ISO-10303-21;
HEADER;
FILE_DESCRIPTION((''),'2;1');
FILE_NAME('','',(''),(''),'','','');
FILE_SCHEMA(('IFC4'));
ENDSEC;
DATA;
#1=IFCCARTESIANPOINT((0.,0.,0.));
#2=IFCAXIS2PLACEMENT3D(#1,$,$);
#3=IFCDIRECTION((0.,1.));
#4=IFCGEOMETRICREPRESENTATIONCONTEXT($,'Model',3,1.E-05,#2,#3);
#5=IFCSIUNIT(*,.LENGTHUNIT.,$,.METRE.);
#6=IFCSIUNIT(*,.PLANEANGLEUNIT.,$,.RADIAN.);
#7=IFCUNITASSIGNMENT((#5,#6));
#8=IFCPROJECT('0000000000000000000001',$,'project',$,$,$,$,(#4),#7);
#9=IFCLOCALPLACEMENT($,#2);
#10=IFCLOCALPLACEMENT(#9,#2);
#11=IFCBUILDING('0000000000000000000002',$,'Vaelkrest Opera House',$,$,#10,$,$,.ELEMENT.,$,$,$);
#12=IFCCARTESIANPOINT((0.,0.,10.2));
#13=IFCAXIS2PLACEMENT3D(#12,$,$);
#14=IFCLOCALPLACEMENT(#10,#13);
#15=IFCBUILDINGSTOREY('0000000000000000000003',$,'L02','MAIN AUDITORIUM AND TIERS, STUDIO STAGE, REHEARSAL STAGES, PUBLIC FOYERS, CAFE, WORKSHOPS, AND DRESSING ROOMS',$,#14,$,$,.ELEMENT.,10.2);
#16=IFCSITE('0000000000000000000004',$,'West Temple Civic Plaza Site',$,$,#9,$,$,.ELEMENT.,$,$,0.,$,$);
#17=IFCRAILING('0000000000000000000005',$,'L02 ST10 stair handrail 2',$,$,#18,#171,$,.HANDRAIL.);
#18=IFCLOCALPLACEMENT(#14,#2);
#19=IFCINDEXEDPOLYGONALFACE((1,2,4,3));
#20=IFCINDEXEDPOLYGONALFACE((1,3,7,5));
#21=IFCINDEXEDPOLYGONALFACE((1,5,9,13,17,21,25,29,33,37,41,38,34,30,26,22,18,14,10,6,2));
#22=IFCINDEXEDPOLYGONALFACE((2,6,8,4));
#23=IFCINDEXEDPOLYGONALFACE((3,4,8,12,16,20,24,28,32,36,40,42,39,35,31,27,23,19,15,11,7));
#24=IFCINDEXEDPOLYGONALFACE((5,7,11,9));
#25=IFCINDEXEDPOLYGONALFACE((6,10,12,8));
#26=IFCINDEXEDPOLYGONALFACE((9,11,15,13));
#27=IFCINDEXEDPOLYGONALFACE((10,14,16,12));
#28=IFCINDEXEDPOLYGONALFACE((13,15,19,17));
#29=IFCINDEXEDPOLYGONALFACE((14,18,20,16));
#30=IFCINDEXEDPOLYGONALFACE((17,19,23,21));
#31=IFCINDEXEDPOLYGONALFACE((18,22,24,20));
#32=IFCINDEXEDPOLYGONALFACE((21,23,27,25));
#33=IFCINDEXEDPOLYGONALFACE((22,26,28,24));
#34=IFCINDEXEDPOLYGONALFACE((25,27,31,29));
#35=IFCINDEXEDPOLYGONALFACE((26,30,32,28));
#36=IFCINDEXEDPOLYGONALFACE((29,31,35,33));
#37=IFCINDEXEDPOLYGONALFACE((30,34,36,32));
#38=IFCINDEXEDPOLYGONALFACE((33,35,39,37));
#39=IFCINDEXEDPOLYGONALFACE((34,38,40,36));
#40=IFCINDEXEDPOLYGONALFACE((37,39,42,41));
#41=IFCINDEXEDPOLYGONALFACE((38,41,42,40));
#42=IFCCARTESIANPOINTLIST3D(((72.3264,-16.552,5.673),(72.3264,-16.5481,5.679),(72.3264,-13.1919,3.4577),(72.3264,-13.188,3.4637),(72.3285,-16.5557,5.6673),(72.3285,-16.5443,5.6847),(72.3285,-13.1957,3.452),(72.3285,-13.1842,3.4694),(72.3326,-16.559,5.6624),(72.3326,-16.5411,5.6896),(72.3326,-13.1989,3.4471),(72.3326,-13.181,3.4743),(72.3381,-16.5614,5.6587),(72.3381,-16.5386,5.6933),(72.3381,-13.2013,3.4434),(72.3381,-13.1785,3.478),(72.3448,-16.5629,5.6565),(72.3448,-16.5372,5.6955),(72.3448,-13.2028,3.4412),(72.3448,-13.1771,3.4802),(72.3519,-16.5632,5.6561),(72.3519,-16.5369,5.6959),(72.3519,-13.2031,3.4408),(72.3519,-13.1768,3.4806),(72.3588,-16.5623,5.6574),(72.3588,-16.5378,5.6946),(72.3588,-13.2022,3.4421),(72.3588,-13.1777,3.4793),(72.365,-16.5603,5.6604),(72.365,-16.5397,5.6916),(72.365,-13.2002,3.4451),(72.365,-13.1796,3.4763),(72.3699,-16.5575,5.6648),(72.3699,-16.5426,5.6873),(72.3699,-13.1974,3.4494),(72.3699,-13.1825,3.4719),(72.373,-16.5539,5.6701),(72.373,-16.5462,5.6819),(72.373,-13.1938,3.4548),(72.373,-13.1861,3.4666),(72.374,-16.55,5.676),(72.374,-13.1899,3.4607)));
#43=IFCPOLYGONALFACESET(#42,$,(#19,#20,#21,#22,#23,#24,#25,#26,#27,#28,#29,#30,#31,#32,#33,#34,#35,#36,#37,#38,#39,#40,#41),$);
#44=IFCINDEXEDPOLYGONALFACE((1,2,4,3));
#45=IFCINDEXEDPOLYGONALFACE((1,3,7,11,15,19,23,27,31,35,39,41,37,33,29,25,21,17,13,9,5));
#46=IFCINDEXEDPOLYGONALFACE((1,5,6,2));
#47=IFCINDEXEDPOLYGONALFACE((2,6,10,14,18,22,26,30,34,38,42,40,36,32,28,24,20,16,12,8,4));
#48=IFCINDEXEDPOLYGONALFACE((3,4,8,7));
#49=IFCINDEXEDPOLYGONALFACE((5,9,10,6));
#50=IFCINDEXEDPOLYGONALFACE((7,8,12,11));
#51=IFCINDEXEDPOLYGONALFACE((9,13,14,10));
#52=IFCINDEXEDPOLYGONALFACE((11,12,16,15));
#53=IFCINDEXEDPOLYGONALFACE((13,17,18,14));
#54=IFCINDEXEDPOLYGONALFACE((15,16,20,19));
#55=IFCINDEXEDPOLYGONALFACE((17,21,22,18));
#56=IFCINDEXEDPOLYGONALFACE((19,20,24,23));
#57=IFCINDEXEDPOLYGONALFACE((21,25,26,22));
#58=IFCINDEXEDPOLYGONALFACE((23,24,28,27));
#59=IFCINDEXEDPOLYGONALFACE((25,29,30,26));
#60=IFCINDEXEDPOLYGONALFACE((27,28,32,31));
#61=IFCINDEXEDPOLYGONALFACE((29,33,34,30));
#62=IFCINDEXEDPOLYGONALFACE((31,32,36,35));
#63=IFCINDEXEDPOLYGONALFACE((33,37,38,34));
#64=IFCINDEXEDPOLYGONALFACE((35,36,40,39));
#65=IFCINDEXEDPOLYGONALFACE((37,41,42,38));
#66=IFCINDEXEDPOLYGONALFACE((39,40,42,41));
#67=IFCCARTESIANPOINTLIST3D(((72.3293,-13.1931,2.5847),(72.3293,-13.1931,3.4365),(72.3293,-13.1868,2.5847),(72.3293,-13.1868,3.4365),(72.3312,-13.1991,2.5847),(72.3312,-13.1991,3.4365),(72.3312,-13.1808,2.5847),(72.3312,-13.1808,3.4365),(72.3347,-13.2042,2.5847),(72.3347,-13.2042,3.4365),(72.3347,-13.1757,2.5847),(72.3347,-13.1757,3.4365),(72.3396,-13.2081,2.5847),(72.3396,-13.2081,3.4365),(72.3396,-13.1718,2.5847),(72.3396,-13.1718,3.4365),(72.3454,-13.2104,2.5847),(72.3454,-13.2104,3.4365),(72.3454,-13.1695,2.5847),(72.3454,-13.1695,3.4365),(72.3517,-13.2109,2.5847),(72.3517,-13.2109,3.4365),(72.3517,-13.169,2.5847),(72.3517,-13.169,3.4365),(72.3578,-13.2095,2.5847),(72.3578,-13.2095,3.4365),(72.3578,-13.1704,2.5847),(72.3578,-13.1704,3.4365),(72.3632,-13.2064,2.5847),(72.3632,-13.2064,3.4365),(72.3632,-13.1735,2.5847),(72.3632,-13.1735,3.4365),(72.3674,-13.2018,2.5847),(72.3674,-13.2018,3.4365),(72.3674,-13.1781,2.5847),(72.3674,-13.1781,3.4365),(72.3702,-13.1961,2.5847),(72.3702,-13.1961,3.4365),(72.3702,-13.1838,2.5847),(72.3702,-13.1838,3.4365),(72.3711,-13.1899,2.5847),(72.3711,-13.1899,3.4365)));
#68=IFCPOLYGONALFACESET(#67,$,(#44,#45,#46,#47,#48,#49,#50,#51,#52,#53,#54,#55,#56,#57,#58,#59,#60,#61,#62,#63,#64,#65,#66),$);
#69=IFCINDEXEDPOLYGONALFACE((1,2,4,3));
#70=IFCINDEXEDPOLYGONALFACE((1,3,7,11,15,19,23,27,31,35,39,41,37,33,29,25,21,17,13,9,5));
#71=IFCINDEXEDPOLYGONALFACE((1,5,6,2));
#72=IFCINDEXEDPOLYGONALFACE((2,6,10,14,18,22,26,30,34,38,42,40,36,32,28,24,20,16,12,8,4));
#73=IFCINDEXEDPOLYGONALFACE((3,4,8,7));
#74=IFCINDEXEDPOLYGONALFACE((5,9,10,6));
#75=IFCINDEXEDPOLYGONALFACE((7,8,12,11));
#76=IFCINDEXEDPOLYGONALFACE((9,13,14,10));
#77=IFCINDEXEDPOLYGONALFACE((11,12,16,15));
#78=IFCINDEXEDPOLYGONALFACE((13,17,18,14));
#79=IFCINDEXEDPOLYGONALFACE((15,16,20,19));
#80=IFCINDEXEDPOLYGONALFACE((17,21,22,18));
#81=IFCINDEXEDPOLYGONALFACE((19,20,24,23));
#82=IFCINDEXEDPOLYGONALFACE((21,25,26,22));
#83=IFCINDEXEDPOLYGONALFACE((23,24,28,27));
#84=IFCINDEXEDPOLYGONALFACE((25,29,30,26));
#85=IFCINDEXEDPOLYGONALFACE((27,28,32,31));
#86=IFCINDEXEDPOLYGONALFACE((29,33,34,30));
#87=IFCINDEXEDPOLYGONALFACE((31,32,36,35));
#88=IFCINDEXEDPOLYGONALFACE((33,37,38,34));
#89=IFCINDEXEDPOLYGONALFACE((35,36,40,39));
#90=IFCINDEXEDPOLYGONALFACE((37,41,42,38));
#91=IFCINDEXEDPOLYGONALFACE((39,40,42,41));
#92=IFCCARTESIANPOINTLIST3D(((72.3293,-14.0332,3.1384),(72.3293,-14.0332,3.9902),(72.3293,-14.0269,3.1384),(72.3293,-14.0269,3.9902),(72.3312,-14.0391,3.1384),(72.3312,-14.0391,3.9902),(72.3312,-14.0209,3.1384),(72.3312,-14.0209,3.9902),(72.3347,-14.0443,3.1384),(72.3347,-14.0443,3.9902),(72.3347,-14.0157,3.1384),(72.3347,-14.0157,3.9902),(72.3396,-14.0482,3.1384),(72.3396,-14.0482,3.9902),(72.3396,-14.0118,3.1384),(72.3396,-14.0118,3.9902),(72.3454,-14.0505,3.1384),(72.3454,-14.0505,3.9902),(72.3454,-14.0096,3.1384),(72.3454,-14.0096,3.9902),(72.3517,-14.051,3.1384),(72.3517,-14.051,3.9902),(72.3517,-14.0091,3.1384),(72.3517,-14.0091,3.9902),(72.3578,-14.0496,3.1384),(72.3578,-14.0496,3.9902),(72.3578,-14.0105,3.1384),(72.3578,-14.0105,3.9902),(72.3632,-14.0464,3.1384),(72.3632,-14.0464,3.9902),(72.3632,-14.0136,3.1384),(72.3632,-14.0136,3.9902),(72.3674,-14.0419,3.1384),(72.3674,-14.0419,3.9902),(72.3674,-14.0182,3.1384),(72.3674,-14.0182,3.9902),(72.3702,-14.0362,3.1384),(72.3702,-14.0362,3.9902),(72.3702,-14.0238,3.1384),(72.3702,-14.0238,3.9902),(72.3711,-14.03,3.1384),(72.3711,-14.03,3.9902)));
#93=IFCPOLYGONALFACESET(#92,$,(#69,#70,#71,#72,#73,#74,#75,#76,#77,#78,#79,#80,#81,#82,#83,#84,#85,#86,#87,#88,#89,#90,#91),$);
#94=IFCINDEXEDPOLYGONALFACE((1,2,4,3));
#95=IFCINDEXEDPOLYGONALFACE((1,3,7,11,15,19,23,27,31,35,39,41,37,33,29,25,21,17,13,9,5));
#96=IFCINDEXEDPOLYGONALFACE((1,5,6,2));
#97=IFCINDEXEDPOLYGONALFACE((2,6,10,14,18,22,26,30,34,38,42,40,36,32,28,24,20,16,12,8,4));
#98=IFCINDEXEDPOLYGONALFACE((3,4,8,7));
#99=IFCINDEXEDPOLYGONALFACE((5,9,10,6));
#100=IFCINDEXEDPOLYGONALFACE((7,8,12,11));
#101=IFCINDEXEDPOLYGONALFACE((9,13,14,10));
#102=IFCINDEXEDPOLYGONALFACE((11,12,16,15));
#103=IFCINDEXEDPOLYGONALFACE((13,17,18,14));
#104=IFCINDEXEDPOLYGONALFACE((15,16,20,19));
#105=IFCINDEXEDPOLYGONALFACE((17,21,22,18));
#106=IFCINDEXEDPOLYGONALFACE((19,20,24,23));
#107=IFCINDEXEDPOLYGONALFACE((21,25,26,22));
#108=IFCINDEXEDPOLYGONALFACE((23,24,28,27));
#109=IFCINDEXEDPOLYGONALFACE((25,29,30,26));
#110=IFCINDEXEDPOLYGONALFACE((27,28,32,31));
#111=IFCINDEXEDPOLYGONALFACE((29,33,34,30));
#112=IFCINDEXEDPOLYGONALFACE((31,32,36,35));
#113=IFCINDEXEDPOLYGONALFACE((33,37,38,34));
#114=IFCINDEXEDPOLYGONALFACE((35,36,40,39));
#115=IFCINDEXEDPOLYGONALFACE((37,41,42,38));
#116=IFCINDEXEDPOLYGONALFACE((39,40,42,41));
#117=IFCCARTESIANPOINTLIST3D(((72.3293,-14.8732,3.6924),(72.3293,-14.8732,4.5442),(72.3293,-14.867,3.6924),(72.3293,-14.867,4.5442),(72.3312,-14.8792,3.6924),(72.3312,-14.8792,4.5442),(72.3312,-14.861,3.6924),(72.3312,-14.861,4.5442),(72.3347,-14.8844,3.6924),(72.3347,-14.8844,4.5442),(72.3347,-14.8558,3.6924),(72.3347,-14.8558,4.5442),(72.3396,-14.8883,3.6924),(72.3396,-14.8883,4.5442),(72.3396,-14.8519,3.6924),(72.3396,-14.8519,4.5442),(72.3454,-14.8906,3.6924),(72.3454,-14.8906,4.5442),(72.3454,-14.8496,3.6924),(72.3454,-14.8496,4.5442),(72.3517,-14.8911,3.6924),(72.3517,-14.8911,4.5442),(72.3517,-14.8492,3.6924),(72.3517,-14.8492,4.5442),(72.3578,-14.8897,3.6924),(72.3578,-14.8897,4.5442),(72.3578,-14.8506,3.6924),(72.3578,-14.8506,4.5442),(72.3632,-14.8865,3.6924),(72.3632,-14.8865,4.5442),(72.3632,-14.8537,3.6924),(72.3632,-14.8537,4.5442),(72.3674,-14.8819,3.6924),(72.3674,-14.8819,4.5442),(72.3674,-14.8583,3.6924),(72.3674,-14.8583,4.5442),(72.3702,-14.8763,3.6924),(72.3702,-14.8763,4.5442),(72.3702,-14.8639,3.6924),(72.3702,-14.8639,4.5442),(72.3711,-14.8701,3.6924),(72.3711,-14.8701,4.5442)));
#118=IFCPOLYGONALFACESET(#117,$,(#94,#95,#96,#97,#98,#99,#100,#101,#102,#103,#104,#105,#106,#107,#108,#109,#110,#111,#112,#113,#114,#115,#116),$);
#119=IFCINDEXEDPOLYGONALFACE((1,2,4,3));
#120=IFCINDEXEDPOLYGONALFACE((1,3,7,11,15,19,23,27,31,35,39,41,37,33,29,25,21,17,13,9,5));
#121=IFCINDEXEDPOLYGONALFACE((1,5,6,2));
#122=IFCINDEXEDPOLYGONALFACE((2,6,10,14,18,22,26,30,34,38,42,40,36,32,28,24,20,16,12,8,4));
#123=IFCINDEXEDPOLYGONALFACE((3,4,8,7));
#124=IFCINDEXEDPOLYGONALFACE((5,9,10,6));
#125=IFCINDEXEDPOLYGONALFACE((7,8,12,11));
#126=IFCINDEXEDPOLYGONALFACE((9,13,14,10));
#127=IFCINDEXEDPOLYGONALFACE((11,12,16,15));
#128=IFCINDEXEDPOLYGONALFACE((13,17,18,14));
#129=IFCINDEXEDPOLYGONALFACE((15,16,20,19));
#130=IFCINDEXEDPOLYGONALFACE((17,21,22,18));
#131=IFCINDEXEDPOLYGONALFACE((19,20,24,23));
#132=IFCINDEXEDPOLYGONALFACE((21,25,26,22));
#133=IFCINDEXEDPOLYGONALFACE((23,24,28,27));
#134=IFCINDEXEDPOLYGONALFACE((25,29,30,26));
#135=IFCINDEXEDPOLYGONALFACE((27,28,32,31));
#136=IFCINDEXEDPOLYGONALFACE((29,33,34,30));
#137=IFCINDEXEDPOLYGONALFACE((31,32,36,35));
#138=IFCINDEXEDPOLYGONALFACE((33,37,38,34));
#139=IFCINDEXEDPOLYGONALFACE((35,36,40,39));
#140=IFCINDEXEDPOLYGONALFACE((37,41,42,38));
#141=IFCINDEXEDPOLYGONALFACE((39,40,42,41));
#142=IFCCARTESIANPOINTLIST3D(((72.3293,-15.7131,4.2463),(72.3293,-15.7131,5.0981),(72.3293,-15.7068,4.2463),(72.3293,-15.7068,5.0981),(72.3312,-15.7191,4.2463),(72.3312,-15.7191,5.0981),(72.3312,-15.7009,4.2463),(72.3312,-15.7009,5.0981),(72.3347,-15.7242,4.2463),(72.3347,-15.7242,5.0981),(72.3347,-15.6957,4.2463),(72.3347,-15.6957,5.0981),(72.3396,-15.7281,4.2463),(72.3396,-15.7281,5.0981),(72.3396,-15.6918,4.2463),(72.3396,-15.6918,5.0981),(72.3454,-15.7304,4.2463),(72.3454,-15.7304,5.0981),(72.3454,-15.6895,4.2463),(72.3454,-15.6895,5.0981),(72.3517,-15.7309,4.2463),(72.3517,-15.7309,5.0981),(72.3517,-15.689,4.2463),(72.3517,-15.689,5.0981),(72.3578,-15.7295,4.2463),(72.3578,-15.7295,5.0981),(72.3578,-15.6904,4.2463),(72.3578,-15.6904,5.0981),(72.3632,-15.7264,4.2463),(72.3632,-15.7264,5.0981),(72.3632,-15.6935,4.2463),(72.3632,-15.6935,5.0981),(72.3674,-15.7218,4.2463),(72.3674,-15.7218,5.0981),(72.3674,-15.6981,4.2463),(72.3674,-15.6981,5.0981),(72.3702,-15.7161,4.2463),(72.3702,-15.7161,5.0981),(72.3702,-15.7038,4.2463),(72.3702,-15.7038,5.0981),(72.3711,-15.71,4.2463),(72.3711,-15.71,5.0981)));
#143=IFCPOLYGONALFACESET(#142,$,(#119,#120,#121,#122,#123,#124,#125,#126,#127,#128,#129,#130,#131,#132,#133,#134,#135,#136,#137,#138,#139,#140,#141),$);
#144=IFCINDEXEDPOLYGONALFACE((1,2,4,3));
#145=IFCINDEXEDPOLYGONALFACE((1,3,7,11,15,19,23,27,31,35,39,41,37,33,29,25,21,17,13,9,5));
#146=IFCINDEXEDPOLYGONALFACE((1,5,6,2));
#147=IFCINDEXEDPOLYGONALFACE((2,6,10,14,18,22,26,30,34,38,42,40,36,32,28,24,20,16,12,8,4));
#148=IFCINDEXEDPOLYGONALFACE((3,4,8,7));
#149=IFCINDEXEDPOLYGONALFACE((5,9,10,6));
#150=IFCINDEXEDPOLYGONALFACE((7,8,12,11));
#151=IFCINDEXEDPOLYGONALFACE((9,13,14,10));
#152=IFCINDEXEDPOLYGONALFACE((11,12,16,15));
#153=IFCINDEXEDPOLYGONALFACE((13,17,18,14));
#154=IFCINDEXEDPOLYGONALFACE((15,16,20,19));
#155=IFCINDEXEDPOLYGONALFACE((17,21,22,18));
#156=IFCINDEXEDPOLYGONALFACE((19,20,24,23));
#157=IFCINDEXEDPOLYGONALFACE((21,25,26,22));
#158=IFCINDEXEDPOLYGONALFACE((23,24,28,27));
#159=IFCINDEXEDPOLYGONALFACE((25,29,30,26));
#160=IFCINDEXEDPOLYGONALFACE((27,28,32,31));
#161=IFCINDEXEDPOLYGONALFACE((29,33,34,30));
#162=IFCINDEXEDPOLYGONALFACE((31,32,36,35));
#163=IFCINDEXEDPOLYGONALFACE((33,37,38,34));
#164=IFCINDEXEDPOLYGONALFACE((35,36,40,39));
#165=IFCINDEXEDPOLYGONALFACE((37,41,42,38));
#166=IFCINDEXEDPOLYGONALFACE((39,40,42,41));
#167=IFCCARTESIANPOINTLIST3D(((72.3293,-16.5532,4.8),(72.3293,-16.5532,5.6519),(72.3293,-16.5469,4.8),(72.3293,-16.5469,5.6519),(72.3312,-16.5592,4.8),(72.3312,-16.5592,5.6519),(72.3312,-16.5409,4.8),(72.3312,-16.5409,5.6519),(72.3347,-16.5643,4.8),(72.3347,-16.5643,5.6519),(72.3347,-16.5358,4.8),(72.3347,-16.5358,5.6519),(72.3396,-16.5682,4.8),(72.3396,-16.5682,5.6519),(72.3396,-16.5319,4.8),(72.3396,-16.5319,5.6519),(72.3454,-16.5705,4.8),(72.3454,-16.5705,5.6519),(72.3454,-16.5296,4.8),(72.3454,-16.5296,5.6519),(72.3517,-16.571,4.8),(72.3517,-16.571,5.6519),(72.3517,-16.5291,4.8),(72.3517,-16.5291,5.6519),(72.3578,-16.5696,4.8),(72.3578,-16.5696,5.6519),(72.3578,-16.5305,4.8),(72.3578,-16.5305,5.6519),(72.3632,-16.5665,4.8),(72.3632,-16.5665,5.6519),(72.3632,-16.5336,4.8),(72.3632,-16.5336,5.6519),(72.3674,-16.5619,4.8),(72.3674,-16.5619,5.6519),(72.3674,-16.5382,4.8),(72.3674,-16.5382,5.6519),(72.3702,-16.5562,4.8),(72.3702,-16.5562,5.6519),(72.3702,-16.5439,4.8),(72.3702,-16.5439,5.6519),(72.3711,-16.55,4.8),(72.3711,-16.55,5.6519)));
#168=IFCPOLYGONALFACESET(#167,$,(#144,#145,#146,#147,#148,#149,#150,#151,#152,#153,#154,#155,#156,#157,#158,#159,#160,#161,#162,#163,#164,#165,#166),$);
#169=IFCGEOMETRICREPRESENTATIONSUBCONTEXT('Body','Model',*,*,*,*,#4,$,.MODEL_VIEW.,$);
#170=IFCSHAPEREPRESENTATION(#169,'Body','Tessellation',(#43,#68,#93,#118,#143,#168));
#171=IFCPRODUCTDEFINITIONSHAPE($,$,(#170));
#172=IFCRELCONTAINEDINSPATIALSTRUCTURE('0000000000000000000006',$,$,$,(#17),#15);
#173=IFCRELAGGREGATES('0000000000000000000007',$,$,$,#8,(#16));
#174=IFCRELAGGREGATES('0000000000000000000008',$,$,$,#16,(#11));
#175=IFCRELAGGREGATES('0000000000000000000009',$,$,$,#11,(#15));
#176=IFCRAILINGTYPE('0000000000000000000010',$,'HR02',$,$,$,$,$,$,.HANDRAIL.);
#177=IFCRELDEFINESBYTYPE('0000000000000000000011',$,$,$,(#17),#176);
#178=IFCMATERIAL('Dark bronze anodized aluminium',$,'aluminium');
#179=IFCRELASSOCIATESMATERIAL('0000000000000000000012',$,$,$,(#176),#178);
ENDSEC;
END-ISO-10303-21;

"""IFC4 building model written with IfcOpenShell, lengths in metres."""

from ifc_helpers import new_model, si_unit, direction, frame, origin, origin_2d, place, context, subcontext, project, spatial, circle, extrude, material, type_object, element, save


model = new_model("IFC4")

# Units and contexts
model_context = context("Model", 3, precision=1e-05, world=origin(), true_north=direction((0.0, 1.0)))
body_context = subcontext(model_context, "Body", "Model", "MODEL_VIEW")
ifc_project = project(units=[si_unit("LENGTHUNIT", "METRE"), si_unit("PLANEANGLEUNIT", "RADIAN")], contexts=[model_context])

# Site, building, storey
site_placement = place(None, origin())
site = spatial("IfcSite", under=ifc_project, at=site_placement, Name="West Temple Civic Plaza Site", CompositionType="ELEMENT", RefElevation=0.0)
building_placement = place(site_placement, origin())
building = spatial("IfcBuilding", under=site, at=building_placement, Name="Vaelkrest Opera House", CompositionType="ELEMENT")
storey_placement = place(building_placement, frame((0.0, 0.0, 10.2)))
storey = spatial("IfcBuildingStorey", under=building, at=storey_placement, Name="L02", Description="MAIN AUDITORIUM AND TIERS, STUDIO STAGE, REHEARSAL STAGES, PUBLIC FOYERS, CAFE, WORKSHOPS, AND DRESSING ROOMS", CompositionType="ELEMENT", Elevation=10.2)

# Railing
ifc_material_1 = material(Name="Dark bronze anodized aluminium", Category="aluminium")
railing_type_1 = type_object("IfcRailingType", Name="HR02", PredefinedType="HANDRAIL", material=ifc_material_1)
railing_1_placement = place(storey_placement, frame((72.3501, -13.1899, 2.5847)))
element("IfcRailing", 1, at=railing_1_placement, inside=storey, type_object=railing_type_1, Name="L02 ST10 stair handrail 2", PredefinedType="HANDRAIL", context=body_context, shape_type="SweptSolid", body=[
    extrude(circle(Radius=0.0239, at=origin_2d()), frame((0.0, 0.0, 0.876), z_axis=(0.0, -0.834876, 0.550437), x_axis=(1.0, 0.0, 0.0)), (0.0, 0.0, 1.0), 4.0247),
    extrude(circle(Radius=0.021, at=origin_2d()), origin(), (0.0, 0.0, 1.0), 0.8518),
    extrude(circle(Radius=0.021, at=origin_2d()), frame((0.0, -0.8401, 0.5537)), (0.0, 0.0, 1.0), 0.8518),
    extrude(circle(Radius=0.021, at=origin_2d()), frame((0.0, -1.6802, 1.1077)), (0.0, 0.0, 1.0), 0.8518),
    extrude(circle(Radius=0.021, at=origin_2d()), frame((0.0, -2.52, 1.6616)), (0.0, 0.0, 1.0), 0.8518),
    extrude(circle(Radius=0.021, at=origin_2d()), frame((0.0, -3.3601, 2.2153)), (0.0, 0.0, 1.0), 0.8518),
])

save(model, "model.ifc")
